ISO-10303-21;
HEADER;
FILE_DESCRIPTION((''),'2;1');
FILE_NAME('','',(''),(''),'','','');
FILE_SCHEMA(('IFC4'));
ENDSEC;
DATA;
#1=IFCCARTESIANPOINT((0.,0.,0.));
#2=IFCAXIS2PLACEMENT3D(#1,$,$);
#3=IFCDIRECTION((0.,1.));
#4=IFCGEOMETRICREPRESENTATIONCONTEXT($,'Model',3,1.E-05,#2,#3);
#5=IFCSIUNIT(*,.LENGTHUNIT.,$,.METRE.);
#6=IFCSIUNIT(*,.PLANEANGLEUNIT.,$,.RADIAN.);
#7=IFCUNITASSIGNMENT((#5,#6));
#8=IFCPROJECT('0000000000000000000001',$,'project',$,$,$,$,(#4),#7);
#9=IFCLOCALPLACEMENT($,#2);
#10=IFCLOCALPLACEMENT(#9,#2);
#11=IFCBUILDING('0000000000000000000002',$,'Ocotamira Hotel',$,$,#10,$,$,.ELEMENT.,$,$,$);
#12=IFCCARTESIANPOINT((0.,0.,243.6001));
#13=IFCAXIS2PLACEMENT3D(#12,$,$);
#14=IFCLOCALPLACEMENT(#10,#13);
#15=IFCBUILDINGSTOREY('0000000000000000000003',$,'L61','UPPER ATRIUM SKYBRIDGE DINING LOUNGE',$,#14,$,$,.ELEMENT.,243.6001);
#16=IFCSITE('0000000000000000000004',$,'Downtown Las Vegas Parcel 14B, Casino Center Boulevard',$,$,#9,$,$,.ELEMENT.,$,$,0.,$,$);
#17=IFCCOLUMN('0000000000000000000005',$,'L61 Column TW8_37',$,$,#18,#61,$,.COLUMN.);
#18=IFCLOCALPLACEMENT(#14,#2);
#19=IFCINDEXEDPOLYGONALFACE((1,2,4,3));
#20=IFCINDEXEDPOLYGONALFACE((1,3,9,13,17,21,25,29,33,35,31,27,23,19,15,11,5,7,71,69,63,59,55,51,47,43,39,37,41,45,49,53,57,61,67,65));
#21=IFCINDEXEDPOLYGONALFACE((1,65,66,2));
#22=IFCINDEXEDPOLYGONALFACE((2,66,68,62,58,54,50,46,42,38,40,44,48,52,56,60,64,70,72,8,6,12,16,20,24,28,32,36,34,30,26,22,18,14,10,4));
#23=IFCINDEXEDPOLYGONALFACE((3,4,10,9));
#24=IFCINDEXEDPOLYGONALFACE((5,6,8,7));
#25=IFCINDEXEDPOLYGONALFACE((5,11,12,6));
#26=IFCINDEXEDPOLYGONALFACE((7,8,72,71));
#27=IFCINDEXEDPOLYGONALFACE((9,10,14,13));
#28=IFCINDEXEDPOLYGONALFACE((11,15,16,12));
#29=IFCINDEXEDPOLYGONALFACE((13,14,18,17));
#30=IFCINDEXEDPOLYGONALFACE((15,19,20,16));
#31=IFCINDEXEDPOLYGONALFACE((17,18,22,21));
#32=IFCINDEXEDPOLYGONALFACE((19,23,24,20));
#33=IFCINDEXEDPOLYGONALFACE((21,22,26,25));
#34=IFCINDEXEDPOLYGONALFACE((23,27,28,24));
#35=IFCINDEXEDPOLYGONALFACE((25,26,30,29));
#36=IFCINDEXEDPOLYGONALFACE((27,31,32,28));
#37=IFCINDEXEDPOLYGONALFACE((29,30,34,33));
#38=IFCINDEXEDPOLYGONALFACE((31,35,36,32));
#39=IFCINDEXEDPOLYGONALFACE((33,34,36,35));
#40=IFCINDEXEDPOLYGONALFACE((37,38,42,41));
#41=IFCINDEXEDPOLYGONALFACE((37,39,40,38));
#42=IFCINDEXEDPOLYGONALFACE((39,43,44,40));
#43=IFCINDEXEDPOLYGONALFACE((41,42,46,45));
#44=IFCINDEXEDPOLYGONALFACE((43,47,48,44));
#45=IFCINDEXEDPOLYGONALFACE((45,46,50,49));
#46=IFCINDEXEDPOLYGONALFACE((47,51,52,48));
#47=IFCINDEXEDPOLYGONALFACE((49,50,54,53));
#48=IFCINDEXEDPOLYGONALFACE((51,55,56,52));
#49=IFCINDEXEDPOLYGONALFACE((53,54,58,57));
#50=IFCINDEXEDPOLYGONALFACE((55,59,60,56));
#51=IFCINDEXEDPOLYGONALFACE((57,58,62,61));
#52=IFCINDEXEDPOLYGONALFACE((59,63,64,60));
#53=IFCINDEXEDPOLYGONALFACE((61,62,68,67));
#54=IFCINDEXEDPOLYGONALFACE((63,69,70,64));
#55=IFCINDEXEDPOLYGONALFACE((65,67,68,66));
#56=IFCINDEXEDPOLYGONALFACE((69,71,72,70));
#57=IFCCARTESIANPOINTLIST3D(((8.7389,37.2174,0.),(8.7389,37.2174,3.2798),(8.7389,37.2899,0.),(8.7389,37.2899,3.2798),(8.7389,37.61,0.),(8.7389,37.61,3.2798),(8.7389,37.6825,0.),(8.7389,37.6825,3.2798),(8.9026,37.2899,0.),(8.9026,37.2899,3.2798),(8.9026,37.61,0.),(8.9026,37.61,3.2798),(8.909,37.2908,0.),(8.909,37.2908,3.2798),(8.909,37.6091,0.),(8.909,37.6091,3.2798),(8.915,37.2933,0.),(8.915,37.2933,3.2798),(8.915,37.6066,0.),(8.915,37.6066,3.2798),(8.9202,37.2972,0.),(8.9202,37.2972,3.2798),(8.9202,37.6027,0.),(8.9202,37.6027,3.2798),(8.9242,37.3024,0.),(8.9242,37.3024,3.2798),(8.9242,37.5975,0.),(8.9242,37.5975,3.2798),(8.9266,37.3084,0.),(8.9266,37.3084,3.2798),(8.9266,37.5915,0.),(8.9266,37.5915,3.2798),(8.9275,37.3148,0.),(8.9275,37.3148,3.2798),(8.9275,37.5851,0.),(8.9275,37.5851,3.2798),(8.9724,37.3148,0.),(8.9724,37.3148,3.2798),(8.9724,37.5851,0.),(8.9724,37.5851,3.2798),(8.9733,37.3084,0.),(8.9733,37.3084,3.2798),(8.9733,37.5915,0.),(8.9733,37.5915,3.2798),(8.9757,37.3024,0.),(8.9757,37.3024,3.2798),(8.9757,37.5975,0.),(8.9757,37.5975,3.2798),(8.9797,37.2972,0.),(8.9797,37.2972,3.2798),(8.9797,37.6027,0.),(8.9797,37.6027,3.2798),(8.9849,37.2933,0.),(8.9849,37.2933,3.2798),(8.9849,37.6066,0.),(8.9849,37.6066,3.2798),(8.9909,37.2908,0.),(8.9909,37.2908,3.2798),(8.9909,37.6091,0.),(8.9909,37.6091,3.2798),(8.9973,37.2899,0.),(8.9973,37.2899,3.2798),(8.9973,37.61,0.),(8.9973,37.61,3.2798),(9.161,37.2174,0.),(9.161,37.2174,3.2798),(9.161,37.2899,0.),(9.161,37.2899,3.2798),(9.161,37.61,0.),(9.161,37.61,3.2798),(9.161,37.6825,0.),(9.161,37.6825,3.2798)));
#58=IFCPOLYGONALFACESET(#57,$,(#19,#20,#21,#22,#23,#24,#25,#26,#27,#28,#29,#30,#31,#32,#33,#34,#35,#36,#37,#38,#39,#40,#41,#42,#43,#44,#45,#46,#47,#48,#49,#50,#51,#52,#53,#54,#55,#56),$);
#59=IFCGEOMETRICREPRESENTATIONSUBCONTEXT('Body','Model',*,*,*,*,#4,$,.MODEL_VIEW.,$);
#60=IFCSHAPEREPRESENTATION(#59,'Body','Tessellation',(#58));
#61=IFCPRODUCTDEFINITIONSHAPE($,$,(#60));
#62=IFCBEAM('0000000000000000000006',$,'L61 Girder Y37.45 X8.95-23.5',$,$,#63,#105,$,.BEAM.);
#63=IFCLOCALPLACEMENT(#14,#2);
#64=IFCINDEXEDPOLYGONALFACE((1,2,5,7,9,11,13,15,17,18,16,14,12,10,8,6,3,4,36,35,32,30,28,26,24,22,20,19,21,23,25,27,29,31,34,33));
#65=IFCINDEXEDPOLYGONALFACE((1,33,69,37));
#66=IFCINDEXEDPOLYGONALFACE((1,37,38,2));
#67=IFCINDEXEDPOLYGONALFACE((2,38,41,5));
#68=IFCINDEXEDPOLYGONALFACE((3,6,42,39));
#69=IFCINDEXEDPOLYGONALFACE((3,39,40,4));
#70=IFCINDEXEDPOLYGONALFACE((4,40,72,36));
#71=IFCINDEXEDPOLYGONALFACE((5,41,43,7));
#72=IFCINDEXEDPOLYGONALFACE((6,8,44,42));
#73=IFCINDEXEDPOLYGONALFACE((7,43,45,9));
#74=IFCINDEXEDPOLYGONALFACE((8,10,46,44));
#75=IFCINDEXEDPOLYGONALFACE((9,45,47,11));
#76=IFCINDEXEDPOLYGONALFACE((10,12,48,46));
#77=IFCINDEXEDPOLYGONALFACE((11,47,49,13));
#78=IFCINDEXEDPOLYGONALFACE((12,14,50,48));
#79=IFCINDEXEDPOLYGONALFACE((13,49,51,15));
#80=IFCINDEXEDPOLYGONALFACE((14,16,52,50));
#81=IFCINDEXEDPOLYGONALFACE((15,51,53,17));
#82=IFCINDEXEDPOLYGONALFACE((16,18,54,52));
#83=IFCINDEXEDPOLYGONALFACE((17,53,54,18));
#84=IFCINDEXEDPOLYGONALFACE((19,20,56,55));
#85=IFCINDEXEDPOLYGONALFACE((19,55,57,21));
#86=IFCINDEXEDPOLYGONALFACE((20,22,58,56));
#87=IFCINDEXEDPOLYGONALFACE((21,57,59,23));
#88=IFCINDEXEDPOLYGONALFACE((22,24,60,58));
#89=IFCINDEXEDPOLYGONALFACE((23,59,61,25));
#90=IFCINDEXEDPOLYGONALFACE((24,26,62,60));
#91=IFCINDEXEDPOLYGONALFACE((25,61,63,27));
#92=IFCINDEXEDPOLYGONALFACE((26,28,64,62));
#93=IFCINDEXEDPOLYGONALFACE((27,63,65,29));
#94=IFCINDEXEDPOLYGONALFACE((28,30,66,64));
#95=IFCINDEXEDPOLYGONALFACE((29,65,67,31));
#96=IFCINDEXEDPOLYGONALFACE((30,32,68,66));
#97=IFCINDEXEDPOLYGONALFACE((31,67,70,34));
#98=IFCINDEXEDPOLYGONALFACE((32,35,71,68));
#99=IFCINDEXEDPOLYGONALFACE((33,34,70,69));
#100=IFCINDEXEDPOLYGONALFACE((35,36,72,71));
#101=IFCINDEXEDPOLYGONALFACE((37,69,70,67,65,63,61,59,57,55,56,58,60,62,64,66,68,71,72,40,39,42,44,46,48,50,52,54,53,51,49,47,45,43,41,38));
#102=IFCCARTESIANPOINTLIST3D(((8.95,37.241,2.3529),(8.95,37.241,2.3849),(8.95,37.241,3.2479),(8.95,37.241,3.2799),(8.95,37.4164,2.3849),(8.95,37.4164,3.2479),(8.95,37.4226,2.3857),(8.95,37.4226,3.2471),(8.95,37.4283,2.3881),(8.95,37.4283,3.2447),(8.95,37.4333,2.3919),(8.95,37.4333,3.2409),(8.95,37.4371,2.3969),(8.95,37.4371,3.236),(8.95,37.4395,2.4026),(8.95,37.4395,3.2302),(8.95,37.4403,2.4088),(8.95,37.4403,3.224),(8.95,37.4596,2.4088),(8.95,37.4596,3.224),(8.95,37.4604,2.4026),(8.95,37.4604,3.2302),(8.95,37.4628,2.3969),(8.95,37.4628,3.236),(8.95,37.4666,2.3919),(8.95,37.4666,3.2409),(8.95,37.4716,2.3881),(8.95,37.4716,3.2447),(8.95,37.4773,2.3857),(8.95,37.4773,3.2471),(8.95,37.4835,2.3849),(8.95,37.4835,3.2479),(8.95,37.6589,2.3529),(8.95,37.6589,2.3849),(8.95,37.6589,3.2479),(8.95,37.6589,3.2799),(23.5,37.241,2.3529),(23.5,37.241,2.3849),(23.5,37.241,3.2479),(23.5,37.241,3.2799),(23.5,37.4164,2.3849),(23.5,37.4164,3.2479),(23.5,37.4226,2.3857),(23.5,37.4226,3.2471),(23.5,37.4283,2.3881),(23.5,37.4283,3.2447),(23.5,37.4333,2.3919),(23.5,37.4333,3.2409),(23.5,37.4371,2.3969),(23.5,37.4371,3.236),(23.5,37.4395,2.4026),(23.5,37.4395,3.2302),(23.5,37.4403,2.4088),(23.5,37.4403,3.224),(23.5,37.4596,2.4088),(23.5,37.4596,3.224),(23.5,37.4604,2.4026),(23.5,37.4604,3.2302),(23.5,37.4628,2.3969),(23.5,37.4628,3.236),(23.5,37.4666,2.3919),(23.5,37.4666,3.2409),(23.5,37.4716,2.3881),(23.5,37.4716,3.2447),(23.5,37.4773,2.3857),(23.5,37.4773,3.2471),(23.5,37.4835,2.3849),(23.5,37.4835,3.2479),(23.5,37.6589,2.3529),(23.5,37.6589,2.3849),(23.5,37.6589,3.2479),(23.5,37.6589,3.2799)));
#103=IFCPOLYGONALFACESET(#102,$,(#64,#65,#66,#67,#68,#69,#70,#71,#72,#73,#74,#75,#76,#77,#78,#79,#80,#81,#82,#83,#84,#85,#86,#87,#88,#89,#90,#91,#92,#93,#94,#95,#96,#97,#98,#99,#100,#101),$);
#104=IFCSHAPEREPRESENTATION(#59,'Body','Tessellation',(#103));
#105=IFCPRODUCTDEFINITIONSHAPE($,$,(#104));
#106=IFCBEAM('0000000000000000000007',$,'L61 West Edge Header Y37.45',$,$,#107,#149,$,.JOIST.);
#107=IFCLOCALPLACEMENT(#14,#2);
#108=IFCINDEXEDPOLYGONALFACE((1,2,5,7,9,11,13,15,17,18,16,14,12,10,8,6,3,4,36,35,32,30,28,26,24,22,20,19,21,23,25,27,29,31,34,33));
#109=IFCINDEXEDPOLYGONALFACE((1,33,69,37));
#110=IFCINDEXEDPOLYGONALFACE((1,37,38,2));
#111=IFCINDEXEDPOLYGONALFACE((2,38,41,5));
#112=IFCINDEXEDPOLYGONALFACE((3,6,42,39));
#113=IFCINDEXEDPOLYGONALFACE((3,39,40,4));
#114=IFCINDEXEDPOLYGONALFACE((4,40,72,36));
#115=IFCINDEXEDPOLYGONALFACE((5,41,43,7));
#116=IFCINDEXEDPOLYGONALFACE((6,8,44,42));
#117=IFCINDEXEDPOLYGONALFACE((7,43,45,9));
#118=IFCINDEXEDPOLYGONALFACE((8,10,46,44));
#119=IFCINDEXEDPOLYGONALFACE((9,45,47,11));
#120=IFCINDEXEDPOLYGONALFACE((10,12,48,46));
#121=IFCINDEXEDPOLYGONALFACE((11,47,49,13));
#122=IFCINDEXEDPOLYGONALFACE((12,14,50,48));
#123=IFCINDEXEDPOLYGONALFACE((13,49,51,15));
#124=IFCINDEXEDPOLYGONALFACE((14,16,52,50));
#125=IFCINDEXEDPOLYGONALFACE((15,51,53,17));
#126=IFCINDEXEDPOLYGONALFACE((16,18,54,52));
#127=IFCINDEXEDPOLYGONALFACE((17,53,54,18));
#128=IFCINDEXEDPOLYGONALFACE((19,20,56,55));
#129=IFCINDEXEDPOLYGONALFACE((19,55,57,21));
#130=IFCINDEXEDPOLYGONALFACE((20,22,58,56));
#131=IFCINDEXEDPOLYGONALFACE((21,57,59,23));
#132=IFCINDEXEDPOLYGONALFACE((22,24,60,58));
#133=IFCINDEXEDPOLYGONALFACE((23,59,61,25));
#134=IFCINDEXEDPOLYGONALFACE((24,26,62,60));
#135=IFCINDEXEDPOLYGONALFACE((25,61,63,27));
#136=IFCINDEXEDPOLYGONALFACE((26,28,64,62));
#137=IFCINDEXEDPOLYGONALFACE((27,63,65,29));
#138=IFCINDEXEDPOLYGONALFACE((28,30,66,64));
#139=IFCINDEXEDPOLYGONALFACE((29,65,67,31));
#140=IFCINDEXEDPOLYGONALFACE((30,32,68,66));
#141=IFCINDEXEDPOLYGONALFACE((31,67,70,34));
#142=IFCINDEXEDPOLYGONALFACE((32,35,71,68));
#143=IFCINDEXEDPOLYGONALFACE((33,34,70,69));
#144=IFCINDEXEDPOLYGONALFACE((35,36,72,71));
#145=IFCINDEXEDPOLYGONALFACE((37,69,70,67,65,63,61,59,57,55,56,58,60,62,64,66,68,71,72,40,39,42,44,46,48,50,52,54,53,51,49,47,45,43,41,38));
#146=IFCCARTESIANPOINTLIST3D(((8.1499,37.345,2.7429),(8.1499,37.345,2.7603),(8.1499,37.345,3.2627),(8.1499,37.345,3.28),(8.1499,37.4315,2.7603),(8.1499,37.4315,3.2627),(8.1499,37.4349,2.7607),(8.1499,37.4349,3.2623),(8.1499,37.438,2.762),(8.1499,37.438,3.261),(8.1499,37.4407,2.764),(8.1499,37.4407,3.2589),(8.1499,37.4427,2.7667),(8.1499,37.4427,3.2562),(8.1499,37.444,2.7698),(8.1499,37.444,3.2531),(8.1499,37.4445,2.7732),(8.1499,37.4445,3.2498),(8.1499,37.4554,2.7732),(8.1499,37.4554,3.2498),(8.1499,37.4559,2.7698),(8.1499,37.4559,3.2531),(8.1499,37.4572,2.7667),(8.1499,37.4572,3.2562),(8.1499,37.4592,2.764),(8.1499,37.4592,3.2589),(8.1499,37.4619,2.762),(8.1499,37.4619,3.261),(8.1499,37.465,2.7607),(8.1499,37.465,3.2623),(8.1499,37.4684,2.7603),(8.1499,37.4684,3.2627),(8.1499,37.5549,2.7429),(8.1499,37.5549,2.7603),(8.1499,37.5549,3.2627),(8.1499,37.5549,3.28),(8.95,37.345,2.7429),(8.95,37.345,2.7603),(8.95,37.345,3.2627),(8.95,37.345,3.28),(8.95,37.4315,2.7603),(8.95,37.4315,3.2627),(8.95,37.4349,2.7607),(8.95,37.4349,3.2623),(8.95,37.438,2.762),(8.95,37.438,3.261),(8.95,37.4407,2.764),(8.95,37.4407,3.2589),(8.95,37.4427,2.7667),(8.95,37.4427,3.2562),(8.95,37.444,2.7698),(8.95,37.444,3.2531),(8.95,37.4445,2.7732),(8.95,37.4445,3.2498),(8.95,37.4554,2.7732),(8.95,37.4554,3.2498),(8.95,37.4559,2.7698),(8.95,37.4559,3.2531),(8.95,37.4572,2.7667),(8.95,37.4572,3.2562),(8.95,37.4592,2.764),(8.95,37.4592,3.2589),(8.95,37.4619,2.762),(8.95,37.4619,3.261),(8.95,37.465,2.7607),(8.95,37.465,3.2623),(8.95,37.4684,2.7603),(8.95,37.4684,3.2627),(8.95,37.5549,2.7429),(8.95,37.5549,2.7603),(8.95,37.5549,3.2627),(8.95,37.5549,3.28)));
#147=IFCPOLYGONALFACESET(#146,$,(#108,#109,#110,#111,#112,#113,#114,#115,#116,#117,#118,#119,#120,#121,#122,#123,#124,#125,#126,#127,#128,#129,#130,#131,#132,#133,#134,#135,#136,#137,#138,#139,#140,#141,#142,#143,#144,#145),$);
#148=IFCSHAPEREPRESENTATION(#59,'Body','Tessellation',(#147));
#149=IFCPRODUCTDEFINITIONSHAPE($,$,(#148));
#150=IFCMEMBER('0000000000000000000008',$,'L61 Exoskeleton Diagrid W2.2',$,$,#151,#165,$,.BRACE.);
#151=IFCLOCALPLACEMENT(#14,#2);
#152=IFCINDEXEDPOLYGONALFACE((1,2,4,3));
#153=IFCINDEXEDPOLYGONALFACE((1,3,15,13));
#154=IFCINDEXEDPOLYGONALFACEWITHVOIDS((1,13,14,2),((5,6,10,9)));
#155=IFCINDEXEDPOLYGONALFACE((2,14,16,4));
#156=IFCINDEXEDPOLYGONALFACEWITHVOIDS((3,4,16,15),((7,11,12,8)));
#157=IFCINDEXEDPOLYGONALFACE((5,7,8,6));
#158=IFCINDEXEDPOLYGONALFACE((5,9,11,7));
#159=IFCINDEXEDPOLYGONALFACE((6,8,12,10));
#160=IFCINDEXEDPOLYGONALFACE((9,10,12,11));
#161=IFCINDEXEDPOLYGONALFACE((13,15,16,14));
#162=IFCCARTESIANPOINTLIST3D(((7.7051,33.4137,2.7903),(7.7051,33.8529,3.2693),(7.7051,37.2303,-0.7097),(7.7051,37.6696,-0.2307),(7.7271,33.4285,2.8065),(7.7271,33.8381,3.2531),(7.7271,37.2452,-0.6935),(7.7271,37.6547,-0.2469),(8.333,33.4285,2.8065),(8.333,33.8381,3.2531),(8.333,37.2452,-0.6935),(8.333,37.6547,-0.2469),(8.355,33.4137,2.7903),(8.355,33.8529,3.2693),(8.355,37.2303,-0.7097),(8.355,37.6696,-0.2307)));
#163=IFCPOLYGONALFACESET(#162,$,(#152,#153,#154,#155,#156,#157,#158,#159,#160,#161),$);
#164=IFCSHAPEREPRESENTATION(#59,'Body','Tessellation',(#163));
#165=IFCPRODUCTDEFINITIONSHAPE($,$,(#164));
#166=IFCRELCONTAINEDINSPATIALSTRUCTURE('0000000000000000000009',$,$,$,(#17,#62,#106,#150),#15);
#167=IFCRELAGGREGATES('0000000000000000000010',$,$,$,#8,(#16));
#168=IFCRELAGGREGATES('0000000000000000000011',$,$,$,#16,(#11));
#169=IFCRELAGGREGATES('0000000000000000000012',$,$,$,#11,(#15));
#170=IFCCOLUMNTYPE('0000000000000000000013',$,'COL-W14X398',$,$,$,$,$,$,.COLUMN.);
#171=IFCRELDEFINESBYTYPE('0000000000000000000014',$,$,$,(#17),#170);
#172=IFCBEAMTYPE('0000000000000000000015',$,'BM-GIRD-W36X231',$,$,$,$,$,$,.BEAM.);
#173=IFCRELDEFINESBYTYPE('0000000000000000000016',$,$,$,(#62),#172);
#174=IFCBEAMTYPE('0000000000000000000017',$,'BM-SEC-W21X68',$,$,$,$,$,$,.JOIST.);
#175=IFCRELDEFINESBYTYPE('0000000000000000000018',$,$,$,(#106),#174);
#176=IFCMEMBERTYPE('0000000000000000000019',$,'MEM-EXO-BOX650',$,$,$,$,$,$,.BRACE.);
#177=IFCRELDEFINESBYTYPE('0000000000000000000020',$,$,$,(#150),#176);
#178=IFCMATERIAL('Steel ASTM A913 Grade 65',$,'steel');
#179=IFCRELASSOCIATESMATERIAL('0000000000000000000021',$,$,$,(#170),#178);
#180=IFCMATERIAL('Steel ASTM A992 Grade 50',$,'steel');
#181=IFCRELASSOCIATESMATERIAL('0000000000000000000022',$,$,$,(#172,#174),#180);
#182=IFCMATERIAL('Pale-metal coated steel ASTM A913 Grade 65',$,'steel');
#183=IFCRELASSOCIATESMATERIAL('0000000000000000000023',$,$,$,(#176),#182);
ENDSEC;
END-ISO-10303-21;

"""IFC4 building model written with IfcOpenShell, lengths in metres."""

from ifc_helpers import new_model, si_unit, direction, frame, origin, origin_2d, place, context, subcontext, project, spatial, hollow_rectangle, i_section, extrude, source, transform, mapped, material, material_profile, profile_set, type_object, element, save


model = new_model("IFC4")

# Units and contexts
model_context = context("Model", 3, precision=1e-05, world=origin(), true_north=direction((0.0, 1.0)))
body_context = subcontext(model_context, "Body", "Model", "MODEL_VIEW")
ifc_project = project(units=[si_unit("LENGTHUNIT", "METRE"), si_unit("PLANEANGLEUNIT", "RADIAN")], contexts=[model_context])

# Site, building, storey
site_placement = place(None, origin())
site = spatial("IfcSite", under=ifc_project, at=site_placement, Name="Downtown Las Vegas Parcel 14B, Casino Center Boulevard", CompositionType="ELEMENT", RefElevation=0.0)
building_placement = place(site_placement, origin())
building = spatial("IfcBuilding", under=site, at=building_placement, Name="Ocotamira Hotel", CompositionType="ELEMENT")
storey_placement = place(building_placement, frame((0.0, 0.0, 243.6001)))
storey = spatial("IfcBuildingStorey", under=building, at=storey_placement, Name="L61", Description="UPPER ATRIUM SKYBRIDGE DINING LOUNGE", CompositionType="ELEMENT", Elevation=243.6001)

# Column
ifc_material_1 = material(Name="Steel ASTM A913 Grade 65", Category="steel")
ifc_material_profile_1 = material_profile(ifc_material_1, i_section(OverallWidth=0.4221, OverallDepth=0.4651, WebThickness=0.0449, FlangeThickness=0.0725, FilletRadius=0.0249, at=origin_2d()), Name="W14X398")
ifc_profile_set_1 = profile_set([ifc_material_profile_1], Name="Steel ASTM A913 Grade 65")
column_type = type_object("IfcColumnType", Name="COL-W14X398", PredefinedType="COLUMN", material=ifc_profile_set_1)
shared_shape_1 = source(origin(), body_context, "Body", "SweptSolid", [
    extrude(i_section(OverallWidth=0.4221, OverallDepth=0.4651, WebThickness=0.0449, FlangeThickness=0.0725, FilletRadius=0.0249, at=origin_2d()), origin(), (0.0, 0.0, 1.0), 3.2798),
])
column_placement = place(storey_placement, frame((8.95, 37.45, 0.0), z_axis=(0.0, 0.0, 1.0), x_axis=(1.0, 0.0, 0.0)))
element("IfcColumn", 1, at=column_placement, inside=storey, type_object=column_type, Name="L61 Column TW8_37", PredefinedType="COLUMN", context=body_context, shape_type="MappedRepresentation", body=[
    mapped(shared_shape_1, transform((0.0, 0.0, 0.0), scale=1.0)),
])

# Beams
ifc_material_2 = material(Name="Steel ASTM A992 Grade 50", Category="steel")
ifc_material_profile_2 = material_profile(ifc_material_2, i_section(OverallWidth=0.418, OverallDepth=0.927, WebThickness=0.0193, FlangeThickness=0.032, FilletRadius=0.0239, at=origin_2d()), Name="W36X231")
ifc_profile_set_2 = profile_set([ifc_material_profile_2], Name="Steel ASTM A992 Grade 50")
beam_type_1 = type_object("IfcBeamType", Name="BM-GIRD-W36X231", PredefinedType="BEAM", material=ifc_profile_set_2)
shared_shape_2 = source(origin(), body_context, "Body", "SweptSolid", [
    extrude(i_section(OverallWidth=0.418, OverallDepth=0.927, WebThickness=0.0193, FlangeThickness=0.032, FilletRadius=0.0239, at=origin_2d()), origin(), (0.0, 0.0, 1.0), 14.55),
])
beam_1_placement = place(storey_placement, frame((8.95, 37.45, 2.8164), z_axis=(1.0, 0.0, 0.0), x_axis=(0.0, 1.0, 0.0)))
element("IfcBeam", 2, at=beam_1_placement, inside=storey, type_object=beam_type_1, Name="L61 Girder Y37.45 X8.95-23.5", PredefinedType="BEAM", context=body_context, shape_type="MappedRepresentation", body=[
    mapped(shared_shape_2, transform((0.0, 0.0, 0.0), scale=1.0)),
])
ifc_material_profile_3 = material_profile(ifc_material_2, i_section(OverallWidth=0.21, OverallDepth=0.5371, WebThickness=0.011, FlangeThickness=0.0173, FilletRadius=0.0129, at=origin_2d()), Name="W21X68")
ifc_profile_set_3 = profile_set([ifc_material_profile_3], Name="Steel ASTM A992 Grade 50")
beam_type_2 = type_object("IfcBeamType", Name="BM-SEC-W21X68", PredefinedType="JOIST", material=ifc_profile_set_3)
shared_shape_3 = source(origin(), body_context, "Body", "SweptSolid", [
    extrude(i_section(OverallWidth=0.21, OverallDepth=0.5371, WebThickness=0.011, FlangeThickness=0.0173, FilletRadius=0.0129, at=origin_2d()), origin(), (0.0, 0.0, 1.0), 0.8),
])
beam_2_placement = place(storey_placement, frame((8.95, 37.45, 3.0115), z_axis=(-1.0, 0.0, 0.0), x_axis=(0.0, -1.0, 0.0)))
element("IfcBeam", 3, at=beam_2_placement, inside=storey, type_object=beam_type_2, Name="L61 West Edge Header Y37.45", PredefinedType="JOIST", context=body_context, shape_type="MappedRepresentation", body=[
    mapped(shared_shape_3, transform((0.0, 0.0, 0.0), scale=1.0)),
])

# Member
ifc_material_3 = material(Name="Pale-metal coated steel ASTM A913 Grade 65", Category="steel")
ifc_material_profile_4 = material_profile(ifc_material_3, hollow_rectangle(XDim=0.6499, YDim=0.6499, WallThickness=0.022, at=origin_2d()), Name="BOX650X650X22")
ifc_profile_set_4 = profile_set([ifc_material_profile_4], Name="Pale-metal coated steel ASTM A913 Grade 65")
member_type_1 = type_object("IfcMemberType", Name="MEM-EXO-BOX650", PredefinedType="BRACE", material=ifc_profile_set_4)
shared_shape_4 = source(origin(), body_context, "Body", "SweptSolid", [
    extrude(hollow_rectangle(XDim=0.6499, YDim=0.6499, WallThickness=0.022, at=origin_2d()), origin(), (0.0, 0.0, 1.0), 5.1785),
])
member_1_placement = place(storey_placement, frame((8.03, 37.45, -0.4702), z_axis=(0.0, -0.737019, 0.675872), x_axis=(1.0, 0.0, 0.0)))
element("IfcMember", 4, at=member_1_placement, inside=storey, type_object=member_type_1, Name="L61 Exoskeleton Diagrid W2.2", PredefinedType="BRACE", context=body_context, shape_type="MappedRepresentation", body=[
    mapped(shared_shape_4, transform((0.0, 0.0, 0.0), scale=1.0)),
])

save(model, "model.ifc")
